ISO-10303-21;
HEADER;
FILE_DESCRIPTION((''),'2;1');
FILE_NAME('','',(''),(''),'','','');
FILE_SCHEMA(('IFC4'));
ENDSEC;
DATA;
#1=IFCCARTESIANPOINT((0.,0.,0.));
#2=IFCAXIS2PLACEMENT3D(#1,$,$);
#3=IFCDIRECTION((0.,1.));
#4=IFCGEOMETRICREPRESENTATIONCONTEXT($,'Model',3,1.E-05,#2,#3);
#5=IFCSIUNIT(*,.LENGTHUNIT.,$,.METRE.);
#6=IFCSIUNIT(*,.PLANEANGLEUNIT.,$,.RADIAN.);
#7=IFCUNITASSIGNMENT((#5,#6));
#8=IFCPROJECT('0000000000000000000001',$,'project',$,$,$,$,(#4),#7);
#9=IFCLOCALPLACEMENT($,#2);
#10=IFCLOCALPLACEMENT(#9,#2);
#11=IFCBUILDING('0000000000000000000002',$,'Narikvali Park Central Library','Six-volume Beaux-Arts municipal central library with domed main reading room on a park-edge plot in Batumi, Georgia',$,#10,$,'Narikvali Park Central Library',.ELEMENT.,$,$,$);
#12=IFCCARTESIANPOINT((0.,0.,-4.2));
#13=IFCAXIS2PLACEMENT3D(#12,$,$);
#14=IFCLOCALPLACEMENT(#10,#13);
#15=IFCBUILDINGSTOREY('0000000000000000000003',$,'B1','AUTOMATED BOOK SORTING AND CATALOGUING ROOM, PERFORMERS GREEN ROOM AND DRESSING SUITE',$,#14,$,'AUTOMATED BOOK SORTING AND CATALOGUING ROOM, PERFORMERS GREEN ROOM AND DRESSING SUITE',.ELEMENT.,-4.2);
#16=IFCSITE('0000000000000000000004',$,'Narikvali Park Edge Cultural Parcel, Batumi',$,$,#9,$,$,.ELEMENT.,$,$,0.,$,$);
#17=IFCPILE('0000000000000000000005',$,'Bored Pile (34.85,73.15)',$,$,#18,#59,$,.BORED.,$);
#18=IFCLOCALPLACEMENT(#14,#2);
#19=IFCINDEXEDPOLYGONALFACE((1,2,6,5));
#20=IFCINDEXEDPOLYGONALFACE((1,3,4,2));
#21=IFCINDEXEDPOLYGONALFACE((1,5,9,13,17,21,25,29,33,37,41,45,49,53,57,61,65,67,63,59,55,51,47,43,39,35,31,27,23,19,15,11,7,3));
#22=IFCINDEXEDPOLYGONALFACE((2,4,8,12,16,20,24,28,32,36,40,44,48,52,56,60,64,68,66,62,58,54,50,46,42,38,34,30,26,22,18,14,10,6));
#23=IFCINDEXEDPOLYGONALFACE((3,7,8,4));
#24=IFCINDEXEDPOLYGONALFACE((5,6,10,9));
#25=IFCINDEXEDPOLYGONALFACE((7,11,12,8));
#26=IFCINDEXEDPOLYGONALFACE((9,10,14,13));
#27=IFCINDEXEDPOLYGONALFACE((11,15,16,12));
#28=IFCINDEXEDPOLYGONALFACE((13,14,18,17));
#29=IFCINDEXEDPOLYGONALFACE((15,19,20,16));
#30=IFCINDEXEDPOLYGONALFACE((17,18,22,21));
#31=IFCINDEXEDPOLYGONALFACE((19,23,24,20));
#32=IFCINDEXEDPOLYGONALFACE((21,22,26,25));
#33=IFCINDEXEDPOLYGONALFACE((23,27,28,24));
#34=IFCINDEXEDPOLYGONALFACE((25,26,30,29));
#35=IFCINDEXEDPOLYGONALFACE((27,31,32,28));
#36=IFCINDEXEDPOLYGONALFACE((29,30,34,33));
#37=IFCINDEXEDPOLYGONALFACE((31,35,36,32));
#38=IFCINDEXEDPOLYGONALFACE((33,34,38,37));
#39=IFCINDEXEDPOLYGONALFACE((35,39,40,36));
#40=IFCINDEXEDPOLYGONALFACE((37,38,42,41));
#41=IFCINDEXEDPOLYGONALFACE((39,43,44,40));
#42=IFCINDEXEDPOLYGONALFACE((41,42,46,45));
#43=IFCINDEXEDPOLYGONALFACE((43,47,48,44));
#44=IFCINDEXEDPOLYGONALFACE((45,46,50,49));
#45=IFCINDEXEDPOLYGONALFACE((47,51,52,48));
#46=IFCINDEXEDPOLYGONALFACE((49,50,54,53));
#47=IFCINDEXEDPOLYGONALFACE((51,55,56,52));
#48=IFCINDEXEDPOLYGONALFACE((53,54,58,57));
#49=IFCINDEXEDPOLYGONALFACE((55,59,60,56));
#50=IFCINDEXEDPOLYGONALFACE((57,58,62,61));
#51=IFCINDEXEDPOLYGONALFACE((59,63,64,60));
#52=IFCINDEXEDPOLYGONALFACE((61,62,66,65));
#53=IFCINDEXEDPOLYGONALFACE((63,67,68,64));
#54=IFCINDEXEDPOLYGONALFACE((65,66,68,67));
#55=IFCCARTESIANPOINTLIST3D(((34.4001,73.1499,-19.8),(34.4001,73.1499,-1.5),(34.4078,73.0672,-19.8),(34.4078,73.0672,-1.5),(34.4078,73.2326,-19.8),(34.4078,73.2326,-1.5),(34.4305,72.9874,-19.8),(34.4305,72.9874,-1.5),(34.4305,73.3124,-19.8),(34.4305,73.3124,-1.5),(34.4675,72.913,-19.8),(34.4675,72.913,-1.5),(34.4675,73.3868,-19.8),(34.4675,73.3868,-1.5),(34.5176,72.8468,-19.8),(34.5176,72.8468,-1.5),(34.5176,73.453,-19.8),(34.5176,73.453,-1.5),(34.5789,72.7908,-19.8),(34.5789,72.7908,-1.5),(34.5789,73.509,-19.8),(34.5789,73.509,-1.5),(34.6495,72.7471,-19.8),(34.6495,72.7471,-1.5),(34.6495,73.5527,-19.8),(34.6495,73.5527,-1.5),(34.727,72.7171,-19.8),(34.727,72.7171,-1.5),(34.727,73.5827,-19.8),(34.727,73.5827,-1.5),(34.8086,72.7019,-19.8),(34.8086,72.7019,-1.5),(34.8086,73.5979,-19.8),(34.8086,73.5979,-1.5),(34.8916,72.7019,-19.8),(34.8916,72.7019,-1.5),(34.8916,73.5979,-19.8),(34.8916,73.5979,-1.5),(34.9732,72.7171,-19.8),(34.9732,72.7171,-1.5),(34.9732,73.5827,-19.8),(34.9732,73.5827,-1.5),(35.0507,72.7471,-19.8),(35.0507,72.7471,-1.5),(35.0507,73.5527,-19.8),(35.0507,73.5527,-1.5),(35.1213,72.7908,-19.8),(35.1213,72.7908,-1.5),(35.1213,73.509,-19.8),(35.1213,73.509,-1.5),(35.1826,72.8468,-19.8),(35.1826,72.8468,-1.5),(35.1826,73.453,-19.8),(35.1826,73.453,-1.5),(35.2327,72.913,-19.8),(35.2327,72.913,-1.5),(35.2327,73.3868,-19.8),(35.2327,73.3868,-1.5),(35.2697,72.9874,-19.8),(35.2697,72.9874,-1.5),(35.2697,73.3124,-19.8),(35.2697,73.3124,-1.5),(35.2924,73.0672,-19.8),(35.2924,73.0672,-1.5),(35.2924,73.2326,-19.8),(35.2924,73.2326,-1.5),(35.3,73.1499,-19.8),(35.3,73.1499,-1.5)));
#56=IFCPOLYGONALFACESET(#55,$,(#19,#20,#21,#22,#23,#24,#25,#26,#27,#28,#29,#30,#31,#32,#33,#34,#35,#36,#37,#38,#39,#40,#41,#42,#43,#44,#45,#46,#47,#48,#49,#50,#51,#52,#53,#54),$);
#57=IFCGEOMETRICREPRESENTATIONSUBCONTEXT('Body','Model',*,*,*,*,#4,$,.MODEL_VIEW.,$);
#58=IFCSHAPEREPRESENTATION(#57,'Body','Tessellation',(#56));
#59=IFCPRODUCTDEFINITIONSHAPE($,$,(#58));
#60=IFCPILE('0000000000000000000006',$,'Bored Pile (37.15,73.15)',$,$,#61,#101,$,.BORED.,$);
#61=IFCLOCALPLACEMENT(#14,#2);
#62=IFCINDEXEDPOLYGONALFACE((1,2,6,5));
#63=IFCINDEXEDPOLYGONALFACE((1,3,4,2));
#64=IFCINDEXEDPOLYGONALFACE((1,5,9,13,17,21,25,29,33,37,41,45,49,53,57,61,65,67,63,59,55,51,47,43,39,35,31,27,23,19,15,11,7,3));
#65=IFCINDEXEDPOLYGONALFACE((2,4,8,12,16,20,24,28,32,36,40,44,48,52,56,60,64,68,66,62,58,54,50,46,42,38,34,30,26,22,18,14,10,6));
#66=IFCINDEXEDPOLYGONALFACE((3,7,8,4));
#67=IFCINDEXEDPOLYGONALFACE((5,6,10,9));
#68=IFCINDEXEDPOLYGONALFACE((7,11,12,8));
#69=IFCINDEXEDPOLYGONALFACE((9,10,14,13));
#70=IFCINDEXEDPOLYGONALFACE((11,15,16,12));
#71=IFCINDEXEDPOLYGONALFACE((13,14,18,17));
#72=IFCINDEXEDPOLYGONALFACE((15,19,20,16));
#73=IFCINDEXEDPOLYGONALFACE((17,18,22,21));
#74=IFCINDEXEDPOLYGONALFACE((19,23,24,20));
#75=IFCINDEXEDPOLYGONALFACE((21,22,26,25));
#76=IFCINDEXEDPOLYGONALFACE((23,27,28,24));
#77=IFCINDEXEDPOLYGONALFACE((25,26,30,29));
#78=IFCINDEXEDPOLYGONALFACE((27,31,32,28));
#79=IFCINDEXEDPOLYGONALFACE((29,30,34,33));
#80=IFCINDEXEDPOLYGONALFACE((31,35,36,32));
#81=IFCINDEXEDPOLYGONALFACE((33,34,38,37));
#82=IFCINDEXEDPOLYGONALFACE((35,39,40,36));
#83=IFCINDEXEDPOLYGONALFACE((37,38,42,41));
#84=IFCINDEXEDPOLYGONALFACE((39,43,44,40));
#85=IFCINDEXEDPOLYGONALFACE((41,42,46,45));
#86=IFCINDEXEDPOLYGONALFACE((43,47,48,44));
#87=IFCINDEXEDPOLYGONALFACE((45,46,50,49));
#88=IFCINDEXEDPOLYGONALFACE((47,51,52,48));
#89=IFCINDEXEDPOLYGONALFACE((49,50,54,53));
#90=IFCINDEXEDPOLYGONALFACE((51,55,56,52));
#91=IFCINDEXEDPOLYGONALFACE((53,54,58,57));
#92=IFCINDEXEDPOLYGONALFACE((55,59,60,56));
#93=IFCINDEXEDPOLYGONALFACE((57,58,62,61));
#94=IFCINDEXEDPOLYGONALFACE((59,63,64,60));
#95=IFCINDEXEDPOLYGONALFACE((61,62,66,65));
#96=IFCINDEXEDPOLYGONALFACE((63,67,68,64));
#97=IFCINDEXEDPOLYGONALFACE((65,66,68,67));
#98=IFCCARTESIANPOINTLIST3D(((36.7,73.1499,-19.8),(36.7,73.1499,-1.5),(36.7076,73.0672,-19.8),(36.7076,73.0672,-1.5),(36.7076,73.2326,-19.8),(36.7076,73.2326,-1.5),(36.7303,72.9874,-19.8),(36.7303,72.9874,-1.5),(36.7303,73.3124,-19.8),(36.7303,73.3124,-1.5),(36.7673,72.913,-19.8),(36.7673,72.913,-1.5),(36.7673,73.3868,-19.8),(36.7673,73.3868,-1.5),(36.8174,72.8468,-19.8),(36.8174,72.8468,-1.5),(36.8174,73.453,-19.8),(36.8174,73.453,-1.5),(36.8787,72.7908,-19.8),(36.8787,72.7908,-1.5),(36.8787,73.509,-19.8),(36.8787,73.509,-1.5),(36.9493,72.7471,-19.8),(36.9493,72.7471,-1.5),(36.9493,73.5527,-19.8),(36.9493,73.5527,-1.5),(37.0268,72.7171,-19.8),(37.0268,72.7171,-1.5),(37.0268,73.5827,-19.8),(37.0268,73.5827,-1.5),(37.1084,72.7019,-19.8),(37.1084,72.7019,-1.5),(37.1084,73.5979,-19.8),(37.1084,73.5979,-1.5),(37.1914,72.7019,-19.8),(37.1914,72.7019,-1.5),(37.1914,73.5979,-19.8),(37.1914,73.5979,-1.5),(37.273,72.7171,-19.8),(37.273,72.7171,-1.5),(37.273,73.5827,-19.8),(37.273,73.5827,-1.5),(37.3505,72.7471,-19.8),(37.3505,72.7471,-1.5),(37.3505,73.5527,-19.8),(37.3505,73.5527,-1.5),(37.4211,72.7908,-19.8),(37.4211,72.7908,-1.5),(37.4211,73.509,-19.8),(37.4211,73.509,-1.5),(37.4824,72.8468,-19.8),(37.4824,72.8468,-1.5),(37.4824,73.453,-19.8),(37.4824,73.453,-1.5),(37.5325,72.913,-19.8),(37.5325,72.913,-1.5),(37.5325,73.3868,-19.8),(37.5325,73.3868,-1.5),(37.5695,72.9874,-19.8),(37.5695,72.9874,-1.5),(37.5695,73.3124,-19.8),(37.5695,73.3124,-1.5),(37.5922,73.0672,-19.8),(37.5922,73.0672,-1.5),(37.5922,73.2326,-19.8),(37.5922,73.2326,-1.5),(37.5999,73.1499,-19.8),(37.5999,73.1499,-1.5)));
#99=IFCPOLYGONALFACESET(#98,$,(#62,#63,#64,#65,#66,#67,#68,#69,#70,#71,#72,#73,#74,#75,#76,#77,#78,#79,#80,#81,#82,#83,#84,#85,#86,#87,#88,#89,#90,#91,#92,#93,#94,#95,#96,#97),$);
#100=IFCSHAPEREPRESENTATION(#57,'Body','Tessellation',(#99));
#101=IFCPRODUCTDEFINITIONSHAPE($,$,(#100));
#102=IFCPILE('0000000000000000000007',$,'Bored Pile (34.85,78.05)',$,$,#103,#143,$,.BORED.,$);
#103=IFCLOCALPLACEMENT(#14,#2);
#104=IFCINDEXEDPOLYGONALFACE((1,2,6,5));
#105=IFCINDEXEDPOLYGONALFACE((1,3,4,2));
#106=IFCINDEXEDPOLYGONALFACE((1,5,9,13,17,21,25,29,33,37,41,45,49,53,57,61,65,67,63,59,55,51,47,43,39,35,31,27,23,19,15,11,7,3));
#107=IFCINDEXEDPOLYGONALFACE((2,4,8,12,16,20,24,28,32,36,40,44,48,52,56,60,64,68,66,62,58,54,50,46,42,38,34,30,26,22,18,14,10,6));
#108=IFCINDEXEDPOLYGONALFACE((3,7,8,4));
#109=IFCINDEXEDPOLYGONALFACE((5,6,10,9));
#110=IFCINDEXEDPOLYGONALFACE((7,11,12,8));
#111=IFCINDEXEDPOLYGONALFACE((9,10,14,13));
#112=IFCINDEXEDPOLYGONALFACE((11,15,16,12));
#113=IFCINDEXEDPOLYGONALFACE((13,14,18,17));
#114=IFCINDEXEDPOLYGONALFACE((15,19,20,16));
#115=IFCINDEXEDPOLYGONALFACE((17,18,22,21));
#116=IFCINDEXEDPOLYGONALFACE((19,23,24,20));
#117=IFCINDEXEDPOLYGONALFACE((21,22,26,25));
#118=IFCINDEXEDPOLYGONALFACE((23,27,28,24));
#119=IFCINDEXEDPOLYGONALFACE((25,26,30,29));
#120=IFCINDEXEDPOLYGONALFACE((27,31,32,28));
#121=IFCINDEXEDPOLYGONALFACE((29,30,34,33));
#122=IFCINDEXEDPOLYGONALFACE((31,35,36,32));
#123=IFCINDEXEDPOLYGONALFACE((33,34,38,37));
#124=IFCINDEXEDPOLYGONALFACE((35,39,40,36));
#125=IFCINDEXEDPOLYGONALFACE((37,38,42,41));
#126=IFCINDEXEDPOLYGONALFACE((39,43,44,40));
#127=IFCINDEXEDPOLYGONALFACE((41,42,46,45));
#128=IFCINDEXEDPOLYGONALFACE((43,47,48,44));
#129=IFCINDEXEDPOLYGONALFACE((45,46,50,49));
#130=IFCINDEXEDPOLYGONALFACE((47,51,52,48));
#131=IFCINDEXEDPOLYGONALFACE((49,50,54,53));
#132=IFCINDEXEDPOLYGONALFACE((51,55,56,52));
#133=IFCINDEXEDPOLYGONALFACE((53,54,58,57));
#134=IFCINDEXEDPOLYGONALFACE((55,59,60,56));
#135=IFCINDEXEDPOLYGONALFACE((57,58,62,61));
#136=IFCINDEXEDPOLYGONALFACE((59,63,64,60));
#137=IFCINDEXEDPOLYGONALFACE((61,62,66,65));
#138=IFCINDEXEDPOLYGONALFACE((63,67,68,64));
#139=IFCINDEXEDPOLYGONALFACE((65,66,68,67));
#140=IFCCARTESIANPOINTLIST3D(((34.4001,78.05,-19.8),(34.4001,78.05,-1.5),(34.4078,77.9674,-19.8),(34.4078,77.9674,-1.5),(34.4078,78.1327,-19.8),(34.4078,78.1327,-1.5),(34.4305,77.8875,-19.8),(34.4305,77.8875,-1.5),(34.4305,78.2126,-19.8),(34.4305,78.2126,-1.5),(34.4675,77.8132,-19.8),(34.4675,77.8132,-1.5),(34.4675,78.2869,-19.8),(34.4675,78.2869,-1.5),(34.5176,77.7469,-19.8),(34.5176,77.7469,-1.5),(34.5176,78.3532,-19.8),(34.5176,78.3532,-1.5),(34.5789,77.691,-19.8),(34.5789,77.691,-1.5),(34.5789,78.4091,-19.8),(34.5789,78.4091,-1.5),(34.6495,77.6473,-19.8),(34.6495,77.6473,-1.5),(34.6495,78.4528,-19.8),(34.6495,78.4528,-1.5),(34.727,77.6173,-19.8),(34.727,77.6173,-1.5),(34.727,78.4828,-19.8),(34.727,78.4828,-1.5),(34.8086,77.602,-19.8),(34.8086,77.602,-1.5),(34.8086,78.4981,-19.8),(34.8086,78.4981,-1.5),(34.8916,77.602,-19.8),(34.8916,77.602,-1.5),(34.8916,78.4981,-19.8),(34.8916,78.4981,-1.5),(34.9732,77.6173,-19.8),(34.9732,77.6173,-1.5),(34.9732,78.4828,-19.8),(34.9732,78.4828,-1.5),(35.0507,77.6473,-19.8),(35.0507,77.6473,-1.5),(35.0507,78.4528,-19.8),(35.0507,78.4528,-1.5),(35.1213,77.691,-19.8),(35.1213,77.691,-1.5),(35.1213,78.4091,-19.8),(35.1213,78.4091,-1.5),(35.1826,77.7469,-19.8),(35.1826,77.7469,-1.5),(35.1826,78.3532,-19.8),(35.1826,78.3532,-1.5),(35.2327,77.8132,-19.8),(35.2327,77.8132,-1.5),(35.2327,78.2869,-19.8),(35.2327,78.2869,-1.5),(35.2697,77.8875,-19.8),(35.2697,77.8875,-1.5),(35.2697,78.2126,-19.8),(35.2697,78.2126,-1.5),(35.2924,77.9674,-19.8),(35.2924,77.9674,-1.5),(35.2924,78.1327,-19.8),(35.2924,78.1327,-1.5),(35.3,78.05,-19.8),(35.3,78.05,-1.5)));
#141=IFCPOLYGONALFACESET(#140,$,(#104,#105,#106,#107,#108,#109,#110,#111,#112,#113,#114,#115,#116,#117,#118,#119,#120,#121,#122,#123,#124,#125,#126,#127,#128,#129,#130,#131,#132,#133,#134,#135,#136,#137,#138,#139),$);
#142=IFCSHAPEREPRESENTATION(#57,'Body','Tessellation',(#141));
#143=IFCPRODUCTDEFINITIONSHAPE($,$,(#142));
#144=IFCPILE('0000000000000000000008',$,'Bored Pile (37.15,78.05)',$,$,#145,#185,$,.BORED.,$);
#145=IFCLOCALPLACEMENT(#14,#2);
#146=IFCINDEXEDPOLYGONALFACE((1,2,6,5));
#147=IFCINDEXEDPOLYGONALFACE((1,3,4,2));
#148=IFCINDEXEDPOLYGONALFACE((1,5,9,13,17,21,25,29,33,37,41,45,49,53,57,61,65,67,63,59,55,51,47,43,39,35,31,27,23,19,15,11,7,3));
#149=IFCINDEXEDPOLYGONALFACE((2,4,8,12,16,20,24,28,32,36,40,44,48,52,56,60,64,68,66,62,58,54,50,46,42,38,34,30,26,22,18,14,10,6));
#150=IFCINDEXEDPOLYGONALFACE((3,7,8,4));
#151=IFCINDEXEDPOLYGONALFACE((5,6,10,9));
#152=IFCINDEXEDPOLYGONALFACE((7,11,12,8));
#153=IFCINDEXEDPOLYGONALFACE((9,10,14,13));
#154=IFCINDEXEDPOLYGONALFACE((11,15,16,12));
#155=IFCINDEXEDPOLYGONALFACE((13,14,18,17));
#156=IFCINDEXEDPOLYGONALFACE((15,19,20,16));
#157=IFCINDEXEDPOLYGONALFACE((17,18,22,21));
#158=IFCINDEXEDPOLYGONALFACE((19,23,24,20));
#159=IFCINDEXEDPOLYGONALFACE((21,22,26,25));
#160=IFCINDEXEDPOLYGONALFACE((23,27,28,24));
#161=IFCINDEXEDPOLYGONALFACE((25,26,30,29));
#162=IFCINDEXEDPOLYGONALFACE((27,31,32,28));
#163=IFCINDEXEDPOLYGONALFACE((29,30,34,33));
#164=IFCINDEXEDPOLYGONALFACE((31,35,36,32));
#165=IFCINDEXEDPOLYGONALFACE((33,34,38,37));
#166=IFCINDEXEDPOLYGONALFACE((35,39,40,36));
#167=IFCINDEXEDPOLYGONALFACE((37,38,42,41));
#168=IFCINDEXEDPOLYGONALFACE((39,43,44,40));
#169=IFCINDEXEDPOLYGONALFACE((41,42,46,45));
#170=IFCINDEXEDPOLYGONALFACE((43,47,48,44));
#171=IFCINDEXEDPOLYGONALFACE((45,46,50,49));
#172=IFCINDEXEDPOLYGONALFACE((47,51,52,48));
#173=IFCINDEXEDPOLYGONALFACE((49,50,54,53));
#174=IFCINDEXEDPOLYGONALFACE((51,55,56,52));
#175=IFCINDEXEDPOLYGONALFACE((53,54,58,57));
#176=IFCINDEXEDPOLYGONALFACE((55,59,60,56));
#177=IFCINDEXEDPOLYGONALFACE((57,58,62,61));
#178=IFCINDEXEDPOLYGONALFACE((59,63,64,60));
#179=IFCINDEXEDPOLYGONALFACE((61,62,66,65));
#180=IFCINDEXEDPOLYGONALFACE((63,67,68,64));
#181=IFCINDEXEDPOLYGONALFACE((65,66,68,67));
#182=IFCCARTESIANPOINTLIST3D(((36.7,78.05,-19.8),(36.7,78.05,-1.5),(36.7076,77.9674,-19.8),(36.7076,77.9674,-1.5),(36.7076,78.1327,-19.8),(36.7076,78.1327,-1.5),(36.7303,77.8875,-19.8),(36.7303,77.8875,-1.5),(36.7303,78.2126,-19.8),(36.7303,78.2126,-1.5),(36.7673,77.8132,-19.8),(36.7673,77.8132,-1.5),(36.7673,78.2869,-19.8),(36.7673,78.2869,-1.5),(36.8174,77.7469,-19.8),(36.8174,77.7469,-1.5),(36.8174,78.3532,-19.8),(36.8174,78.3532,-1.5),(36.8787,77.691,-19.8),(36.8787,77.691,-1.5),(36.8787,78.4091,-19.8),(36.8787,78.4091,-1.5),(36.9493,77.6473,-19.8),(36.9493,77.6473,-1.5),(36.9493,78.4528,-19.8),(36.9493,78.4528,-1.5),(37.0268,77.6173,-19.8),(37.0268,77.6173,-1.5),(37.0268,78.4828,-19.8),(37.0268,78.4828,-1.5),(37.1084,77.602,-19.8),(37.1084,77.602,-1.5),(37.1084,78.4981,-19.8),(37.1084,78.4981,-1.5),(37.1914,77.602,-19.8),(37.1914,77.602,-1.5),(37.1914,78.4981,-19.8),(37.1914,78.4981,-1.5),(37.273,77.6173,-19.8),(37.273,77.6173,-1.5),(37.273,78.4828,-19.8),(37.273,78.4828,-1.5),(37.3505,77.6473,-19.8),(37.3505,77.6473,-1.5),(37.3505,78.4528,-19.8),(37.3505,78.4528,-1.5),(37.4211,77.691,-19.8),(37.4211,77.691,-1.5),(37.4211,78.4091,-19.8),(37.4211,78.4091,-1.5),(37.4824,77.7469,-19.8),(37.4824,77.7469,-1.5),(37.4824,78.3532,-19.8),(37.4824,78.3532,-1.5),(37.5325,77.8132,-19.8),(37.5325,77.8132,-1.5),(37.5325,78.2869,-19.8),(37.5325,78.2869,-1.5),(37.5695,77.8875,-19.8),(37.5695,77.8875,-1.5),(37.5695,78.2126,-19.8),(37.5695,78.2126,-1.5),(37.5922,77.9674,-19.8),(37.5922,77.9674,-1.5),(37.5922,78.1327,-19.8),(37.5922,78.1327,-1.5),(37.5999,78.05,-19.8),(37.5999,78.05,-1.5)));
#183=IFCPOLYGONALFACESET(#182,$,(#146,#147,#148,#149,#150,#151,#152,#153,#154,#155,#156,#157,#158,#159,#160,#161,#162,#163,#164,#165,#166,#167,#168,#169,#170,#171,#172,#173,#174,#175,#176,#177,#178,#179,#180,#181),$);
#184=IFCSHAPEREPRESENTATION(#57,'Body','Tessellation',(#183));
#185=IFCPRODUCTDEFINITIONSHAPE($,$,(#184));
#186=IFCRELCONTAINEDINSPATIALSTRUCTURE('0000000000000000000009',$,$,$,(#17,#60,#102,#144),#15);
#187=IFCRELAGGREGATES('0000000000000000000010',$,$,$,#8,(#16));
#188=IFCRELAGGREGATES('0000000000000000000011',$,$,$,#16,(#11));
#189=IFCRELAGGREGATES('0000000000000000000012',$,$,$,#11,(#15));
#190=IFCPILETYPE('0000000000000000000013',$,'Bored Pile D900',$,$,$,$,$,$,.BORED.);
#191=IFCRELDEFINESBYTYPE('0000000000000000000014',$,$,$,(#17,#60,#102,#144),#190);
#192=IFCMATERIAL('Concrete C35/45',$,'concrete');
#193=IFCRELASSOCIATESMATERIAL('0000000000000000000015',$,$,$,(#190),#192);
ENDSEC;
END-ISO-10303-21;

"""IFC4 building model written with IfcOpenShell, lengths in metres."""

from ifc_helpers import new_model, si_unit, direction, frame, origin, origin_2d, place, context, subcontext, project, spatial, circle, extrude, material, material_profile, profile_set, type_object, element, save


model = new_model("IFC4")

# Units and contexts
model_context = context("Model", 3, precision=1e-05, world=origin(), true_north=direction((0.0, 1.0)))
body_context = subcontext(model_context, "Body", "Model", "MODEL_VIEW")
ifc_project = project(units=[si_unit("LENGTHUNIT", "METRE"), si_unit("PLANEANGLEUNIT", "RADIAN")], contexts=[model_context])

# Site, building, storey
site_placement = place(None, origin())
site = spatial("IfcSite", under=ifc_project, at=site_placement, Name="Narikvali Park Edge Cultural Parcel, Batumi", CompositionType="ELEMENT", RefElevation=0.0)
building_placement = place(site_placement, origin())
building = spatial("IfcBuilding", under=site, at=building_placement, Name="Narikvali Park Central Library", Description="Six-volume Beaux-Arts municipal central library with domed main reading room on a park-edge plot in Batumi, Georgia", LongName="Narikvali Park Central Library", CompositionType="ELEMENT")
storey_placement = place(building_placement, frame((0.0, 0.0, -4.2)))
storey = spatial("IfcBuildingStorey", under=building, at=storey_placement, Name="B1", Description="AUTOMATED BOOK SORTING AND CATALOGUING ROOM, PERFORMERS GREEN ROOM AND DRESSING SUITE", LongName="AUTOMATED BOOK SORTING AND CATALOGUING ROOM, PERFORMERS GREEN ROOM AND DRESSING SUITE", CompositionType="ELEMENT", Elevation=-4.2)

# Piles
ifc_material_1 = material(Name="Concrete C35/45", Category="concrete")
ifc_material_profile_1 = material_profile(ifc_material_1, circle(Radius=0.45, at=origin_2d()), Name="PILE D900")
ifc_profile_set_1 = profile_set([ifc_material_profile_1], Name="Concrete C35/45")
pile_type = type_object("IfcPileType", Name="Bored Pile D900", PredefinedType="BORED", material=ifc_profile_set_1)
for number, where, z_axis, x_axis, name in (
    (1, (34.8501, 73.1499, -1.5), (0.0, 0.0, -1.0), (1.0, 0.0, 0.0), "Bored Pile (34.85,73.15)"),
    (2, (37.1499, 73.1499, -1.5), (0.0, 0.0, -1.0), (1.0, 0.0, 0.0), "Bored Pile (37.15,73.15)"),
    (3, (34.8501, 78.05, -1.5), (0.0, 0.0, -1.0), (1.0, 0.0, 0.0), "Bored Pile (34.85,78.05)"),
    (4, (37.1499, 78.05, -1.5), (0.0, 0.0, -1.0), (1.0, 0.0, 0.0), "Bored Pile (37.15,78.05)"),
):
    element("IfcPile", number, at=place(storey_placement, frame(where, z_axis=z_axis, x_axis=x_axis)), inside=storey, type_object=pile_type, Name=name, PredefinedType="BORED", context=body_context, shape_type="SweptSolid", body=[
        extrude(circle(Radius=0.45, at=origin_2d()), origin(), (0.0, 0.0, 1.0), 18.3),
    ])

save(model, "model.ifc")
